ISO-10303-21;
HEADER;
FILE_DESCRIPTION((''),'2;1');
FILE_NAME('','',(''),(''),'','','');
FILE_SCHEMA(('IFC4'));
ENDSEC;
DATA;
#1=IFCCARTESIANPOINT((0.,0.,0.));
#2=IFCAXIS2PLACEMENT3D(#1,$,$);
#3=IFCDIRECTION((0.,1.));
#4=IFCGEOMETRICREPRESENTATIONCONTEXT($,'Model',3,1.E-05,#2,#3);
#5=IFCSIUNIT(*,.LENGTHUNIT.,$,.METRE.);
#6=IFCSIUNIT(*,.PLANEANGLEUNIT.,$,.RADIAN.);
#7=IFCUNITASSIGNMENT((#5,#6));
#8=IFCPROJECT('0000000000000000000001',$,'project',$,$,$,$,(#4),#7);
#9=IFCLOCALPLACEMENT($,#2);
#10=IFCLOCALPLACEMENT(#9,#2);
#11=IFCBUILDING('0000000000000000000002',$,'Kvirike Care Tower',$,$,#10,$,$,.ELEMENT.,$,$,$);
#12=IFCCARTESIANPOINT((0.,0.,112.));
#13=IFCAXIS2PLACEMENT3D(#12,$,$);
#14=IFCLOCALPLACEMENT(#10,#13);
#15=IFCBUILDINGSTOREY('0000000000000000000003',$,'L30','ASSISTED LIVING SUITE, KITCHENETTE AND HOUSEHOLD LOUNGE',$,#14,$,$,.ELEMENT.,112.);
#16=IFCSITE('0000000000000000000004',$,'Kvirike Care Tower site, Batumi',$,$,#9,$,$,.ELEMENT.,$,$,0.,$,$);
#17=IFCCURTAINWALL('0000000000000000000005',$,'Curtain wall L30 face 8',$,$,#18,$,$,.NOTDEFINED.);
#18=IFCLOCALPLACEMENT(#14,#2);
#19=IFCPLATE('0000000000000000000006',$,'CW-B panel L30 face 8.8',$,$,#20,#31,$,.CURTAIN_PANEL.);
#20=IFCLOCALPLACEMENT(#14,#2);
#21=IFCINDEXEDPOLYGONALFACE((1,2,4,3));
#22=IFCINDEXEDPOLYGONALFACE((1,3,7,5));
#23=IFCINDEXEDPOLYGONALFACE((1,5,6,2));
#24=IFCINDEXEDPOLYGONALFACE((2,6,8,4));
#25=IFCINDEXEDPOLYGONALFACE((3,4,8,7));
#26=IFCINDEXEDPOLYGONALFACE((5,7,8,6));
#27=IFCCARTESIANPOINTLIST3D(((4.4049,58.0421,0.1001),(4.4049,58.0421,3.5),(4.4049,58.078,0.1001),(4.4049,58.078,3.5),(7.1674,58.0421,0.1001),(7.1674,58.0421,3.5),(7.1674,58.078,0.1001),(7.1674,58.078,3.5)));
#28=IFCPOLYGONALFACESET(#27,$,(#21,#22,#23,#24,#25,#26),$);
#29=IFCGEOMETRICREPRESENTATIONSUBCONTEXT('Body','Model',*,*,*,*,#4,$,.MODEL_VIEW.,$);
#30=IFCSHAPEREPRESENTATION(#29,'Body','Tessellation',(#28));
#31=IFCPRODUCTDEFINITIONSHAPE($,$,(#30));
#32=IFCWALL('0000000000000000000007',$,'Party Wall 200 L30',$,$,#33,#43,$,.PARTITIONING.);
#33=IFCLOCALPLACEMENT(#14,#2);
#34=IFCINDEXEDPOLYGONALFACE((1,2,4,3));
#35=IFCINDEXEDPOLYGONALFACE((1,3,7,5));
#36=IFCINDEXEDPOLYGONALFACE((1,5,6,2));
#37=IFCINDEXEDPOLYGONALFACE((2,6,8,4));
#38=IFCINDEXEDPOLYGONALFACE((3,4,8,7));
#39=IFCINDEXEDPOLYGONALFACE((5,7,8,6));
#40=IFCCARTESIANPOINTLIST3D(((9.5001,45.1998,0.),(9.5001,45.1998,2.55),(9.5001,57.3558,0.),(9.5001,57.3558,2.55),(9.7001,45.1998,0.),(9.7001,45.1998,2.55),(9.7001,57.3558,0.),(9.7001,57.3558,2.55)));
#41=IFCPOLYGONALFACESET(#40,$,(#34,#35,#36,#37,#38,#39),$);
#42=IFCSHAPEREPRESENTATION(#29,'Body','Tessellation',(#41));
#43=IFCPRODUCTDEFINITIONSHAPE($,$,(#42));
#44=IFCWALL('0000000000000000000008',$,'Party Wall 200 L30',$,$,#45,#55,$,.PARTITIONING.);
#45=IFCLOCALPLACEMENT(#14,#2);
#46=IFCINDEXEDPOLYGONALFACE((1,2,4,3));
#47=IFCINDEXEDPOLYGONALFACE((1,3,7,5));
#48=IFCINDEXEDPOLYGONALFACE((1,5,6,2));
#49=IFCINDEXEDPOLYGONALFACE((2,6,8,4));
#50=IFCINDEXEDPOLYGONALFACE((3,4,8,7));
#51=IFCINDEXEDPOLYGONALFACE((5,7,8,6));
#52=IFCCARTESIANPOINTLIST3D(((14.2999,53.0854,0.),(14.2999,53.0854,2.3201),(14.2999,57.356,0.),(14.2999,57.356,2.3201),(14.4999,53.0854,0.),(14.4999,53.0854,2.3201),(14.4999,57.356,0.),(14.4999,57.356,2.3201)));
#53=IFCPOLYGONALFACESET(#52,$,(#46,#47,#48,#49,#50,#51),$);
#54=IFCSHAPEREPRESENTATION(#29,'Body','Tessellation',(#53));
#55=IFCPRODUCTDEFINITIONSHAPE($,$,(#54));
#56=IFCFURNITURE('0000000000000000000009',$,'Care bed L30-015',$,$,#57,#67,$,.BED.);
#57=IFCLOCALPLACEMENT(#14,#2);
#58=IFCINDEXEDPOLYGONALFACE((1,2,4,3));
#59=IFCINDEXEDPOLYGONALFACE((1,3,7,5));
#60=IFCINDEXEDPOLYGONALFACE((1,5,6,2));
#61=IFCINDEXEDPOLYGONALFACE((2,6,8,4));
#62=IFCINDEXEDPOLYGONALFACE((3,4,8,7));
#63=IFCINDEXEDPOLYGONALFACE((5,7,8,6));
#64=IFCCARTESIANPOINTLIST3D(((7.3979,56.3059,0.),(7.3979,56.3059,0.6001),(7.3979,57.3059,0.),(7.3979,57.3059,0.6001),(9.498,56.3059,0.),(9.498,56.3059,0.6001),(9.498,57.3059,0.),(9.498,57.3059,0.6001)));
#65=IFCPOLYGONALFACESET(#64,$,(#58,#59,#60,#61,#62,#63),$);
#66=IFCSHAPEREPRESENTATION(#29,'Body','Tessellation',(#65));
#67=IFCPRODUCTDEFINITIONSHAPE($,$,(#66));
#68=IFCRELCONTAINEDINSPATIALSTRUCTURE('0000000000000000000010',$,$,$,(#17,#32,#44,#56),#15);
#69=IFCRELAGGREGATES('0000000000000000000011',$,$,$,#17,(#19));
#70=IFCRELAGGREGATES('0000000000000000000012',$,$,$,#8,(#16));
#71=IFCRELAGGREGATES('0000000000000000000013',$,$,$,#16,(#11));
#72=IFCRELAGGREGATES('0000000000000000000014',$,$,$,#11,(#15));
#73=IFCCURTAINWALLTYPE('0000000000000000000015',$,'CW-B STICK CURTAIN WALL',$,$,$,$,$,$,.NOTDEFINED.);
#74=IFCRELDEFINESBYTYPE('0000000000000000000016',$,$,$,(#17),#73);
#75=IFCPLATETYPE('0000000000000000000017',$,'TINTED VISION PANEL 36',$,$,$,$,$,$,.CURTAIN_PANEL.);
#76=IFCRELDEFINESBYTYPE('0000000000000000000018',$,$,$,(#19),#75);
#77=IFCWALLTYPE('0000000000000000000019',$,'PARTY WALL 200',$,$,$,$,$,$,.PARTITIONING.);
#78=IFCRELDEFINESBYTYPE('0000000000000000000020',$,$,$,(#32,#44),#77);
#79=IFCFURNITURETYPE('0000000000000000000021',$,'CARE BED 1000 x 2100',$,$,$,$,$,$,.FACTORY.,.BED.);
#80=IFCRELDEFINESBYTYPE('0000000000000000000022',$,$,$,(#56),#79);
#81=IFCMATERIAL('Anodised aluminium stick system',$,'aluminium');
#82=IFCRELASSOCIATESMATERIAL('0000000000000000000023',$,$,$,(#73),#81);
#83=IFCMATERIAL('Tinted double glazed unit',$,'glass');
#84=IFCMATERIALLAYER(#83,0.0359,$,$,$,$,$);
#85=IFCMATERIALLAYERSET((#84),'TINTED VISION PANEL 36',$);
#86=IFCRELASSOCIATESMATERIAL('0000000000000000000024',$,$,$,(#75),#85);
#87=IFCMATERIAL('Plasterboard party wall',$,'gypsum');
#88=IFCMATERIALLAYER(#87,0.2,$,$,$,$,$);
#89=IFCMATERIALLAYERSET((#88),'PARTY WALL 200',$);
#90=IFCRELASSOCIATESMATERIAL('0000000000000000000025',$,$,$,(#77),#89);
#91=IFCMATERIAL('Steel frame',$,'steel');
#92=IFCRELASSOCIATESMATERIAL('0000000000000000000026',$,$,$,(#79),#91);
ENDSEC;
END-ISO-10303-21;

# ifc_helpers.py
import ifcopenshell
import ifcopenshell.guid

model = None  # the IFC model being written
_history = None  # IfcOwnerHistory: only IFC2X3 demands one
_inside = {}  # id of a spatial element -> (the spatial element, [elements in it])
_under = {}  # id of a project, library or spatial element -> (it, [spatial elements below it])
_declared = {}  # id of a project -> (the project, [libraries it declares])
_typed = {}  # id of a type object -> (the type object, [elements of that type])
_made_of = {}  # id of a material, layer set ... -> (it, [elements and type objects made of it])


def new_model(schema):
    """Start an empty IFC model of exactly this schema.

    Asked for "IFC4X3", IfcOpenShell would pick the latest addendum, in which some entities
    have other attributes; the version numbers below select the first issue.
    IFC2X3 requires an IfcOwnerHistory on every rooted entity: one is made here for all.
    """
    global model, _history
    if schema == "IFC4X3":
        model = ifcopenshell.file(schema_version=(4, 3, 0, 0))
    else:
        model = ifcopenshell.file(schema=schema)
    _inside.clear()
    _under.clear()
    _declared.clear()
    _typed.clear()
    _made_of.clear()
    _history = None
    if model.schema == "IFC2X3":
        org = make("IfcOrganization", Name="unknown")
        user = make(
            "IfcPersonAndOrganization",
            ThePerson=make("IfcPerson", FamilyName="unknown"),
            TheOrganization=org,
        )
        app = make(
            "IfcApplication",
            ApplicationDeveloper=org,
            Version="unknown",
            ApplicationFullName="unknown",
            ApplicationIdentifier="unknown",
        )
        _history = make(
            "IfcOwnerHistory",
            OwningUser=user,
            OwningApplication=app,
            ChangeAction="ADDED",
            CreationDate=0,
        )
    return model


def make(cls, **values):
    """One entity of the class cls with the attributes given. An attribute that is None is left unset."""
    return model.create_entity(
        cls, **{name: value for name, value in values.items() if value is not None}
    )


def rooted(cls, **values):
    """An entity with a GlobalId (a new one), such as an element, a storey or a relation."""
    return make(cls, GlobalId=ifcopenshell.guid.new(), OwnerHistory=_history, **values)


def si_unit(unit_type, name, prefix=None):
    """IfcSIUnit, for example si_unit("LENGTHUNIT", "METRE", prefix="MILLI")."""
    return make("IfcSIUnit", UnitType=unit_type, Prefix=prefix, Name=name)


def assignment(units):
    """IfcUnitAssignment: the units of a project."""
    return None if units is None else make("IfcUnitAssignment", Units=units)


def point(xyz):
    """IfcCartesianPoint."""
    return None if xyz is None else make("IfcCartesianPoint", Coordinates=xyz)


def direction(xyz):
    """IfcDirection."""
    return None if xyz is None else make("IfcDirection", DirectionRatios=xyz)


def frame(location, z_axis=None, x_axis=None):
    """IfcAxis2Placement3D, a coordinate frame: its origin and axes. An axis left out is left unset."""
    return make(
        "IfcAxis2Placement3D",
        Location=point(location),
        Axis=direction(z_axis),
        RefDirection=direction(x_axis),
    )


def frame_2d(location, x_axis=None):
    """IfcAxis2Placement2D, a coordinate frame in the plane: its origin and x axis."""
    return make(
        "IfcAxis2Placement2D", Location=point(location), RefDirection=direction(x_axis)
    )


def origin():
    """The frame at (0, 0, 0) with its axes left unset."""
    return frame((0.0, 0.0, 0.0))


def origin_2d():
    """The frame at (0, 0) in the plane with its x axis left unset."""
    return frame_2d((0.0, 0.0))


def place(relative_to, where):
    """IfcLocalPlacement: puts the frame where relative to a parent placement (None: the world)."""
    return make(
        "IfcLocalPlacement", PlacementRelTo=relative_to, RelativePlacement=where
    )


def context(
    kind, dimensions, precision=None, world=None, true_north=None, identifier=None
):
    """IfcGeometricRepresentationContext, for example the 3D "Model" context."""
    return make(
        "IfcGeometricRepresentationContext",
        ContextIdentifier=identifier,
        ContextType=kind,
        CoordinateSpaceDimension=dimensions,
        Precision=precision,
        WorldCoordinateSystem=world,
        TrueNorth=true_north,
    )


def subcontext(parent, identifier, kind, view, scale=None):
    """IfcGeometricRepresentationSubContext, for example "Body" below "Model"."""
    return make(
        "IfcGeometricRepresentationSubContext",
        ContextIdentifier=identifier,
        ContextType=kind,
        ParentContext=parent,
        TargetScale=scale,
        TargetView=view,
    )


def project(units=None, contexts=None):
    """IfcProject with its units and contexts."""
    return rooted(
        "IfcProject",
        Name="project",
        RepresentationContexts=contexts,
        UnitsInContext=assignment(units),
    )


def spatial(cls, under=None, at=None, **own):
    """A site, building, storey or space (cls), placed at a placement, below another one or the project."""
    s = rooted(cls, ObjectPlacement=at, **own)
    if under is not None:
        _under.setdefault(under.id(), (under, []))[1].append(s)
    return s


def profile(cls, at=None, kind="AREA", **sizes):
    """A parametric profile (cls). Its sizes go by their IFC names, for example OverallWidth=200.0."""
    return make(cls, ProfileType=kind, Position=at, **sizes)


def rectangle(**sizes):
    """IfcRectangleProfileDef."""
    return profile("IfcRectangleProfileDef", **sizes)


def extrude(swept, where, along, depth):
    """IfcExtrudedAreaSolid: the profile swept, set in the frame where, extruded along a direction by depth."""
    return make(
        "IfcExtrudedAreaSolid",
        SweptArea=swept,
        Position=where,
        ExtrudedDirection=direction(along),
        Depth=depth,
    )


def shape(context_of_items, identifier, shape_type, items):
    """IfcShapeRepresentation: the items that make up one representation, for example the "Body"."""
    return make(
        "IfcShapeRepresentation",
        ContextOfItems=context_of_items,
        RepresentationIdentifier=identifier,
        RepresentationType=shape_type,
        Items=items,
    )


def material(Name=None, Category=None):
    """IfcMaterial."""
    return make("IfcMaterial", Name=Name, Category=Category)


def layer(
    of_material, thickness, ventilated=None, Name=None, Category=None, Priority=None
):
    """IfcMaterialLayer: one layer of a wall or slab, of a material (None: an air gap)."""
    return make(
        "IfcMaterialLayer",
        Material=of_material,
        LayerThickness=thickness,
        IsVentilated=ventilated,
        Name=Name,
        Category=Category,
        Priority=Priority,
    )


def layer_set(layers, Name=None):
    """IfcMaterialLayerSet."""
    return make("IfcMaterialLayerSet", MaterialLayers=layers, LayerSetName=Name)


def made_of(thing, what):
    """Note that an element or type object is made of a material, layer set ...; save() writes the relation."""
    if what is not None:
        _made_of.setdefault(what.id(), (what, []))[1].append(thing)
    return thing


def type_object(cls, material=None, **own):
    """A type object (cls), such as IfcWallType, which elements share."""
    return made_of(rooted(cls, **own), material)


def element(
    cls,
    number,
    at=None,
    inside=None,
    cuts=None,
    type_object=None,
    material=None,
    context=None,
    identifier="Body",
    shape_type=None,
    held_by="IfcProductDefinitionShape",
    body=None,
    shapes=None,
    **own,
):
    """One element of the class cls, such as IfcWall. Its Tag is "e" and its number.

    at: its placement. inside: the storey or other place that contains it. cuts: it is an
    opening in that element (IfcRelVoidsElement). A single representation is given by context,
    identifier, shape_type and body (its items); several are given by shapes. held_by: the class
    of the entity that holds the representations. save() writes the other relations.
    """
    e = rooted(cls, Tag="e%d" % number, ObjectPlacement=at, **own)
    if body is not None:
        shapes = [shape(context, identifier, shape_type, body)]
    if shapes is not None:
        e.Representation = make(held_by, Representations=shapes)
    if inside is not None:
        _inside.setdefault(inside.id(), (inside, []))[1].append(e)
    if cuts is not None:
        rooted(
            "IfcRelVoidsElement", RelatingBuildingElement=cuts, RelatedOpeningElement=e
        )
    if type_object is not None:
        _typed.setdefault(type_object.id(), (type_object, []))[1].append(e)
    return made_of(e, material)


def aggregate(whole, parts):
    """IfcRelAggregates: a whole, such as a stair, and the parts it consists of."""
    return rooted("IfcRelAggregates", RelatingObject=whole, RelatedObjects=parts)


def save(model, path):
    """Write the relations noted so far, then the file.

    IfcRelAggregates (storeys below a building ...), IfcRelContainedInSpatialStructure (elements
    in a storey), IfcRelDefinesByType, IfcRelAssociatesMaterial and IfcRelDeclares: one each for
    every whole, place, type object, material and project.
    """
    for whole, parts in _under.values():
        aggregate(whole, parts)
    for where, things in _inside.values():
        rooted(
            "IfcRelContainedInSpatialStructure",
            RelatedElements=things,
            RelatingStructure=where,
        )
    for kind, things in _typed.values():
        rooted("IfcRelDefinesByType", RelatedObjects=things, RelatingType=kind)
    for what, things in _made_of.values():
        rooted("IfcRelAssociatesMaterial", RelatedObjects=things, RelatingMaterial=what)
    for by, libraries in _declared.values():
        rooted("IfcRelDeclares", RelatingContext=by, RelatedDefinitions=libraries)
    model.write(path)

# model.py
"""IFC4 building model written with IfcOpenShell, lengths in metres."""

from ifc_helpers import new_model, si_unit, direction, frame, frame_2d, origin, origin_2d, place, context, subcontext, project, spatial, rectangle, extrude, material, layer, layer_set, type_object, element, aggregate, save


model = new_model("IFC4")

# Units and contexts
model_context = context("Model", 3, precision=1e-05, world=origin(), true_north=direction((0.0, 1.0)))
body_context = subcontext(model_context, "Body", "Model", "MODEL_VIEW")
ifc_project = project(units=[si_unit("LENGTHUNIT", "METRE"), si_unit("PLANEANGLEUNIT", "RADIAN")], contexts=[model_context])

# Site, building, storey
site_placement = place(None, origin())
site = spatial("IfcSite", under=ifc_project, at=site_placement, Name="Kvirike Care Tower site, Batumi", CompositionType="ELEMENT", RefElevation=0.0)
building_placement = place(site_placement, origin())
building = spatial("IfcBuilding", under=site, at=building_placement, Name="Kvirike Care Tower", CompositionType="ELEMENT")
storey_placement = place(building_placement, frame((0.0, 0.0, 112.0)))
storey = spatial("IfcBuildingStorey", under=building, at=storey_placement, Name="L30", Description="ASSISTED LIVING SUITE, KITCHENETTE AND HOUSEHOLD LOUNGE", CompositionType="ELEMENT", Elevation=112.0)

# Curtain wall
ifc_material_1 = material(Name="Anodised aluminium stick system", Category="aluminium")
curtain_wall_type = type_object("IfcCurtainWallType", Name="CW-B STICK CURTAIN WALL", PredefinedType="NOTDEFINED", material=ifc_material_1)
curtain_wall_placement = place(storey_placement, origin())
curtain_wall = element("IfcCurtainWall", 1, at=curtain_wall_placement, inside=storey, type_object=curtain_wall_type, Name="Curtain wall L30 face 8", PredefinedType="NOTDEFINED")

# Plate
ifc_material_2 = material(Name="Tinted double glazed unit", Category="glass")
ifc_layer_1 = layer(ifc_material_2, 0.0359)
ifc_layer_set_1 = layer_set([ifc_layer_1], Name="TINTED VISION PANEL 36")
plate_type = type_object("IfcPlateType", Name="TINTED VISION PANEL 36", PredefinedType="CURTAIN_PANEL", material=ifc_layer_set_1)
plate_1_placement = place(storey_placement, frame((5.7861, 58.0601, 0.1001), z_axis=(0.0, 0.0, 1.0), x_axis=(-1.0, 0.0, 0.0)))
plate_1 = element("IfcPlate", 2, at=plate_1_placement, type_object=plate_type, Name="CW-B panel L30 face 8.8", PredefinedType="CURTAIN_PANEL", context=body_context, shape_type="SweptSolid", body=[
    extrude(rectangle(XDim=2.7625, YDim=0.0359, at=origin_2d()), origin(), (0.0, 0.0, 1.0), 3.3999),
])
aggregate(curtain_wall, [plate_1])

# Walls
ifc_material_3 = material(Name="Plasterboard party wall", Category="gypsum")
ifc_layer_2 = layer(ifc_material_3, 0.2)
ifc_layer_set_2 = layer_set([ifc_layer_2], Name="PARTY WALL 200")
wall_type = type_object("IfcWallType", Name="PARTY WALL 200", PredefinedType="PARTITIONING", material=ifc_layer_set_2)
wall_1_placement = place(storey_placement, frame((9.6001, 57.356, 0.0), z_axis=(0.0, 0.0, 1.0), x_axis=(0.0, -1.0, 0.0)))
element("IfcWall", 3, at=wall_1_placement, inside=storey, type_object=wall_type, Name="Party Wall 200 L30", PredefinedType="PARTITIONING", context=body_context, shape_type="SweptSolid", body=[
    extrude(rectangle(XDim=12.156, YDim=0.2, at=frame_2d((6.0781, 0.0))), origin(), (0.0, 0.0, 1.0), 2.55),
])
wall_2_placement = place(storey_placement, frame((14.3999, 53.0854, 0.0), z_axis=(0.0, 0.0, 1.0), x_axis=(0.0, 1.0, 0.0)))
element("IfcWall", 4, at=wall_2_placement, inside=storey, type_object=wall_type, Name="Party Wall 200 L30", PredefinedType="PARTITIONING", context=body_context, shape_type="SweptSolid", body=[
    extrude(rectangle(XDim=4.2705, YDim=0.2, at=frame_2d((2.1353, 0.0))), origin(), (0.0, 0.0, 1.0), 2.3201),
])

# Furniture
ifc_material_4 = material(Name="Steel frame", Category="steel")
furniture_type = type_object("IfcFurnitureType", Name="CARE BED 1000 x 2100", AssemblyPlace="FACTORY", PredefinedType="BED", material=ifc_material_4)
furniture_placement = place(storey_placement, frame((8.448, 56.8059, 0.0), z_axis=(0.0, 0.0, 1.0), x_axis=(0.0, -1.0, 0.0)))
element("IfcFurniture", 5, at=furniture_placement, inside=storey, type_object=furniture_type, Name="Care bed L30-015", PredefinedType="BED", context=body_context, shape_type="SweptSolid", body=[
    extrude(rectangle(XDim=1.0, YDim=2.1001, at=origin_2d()), origin(), (0.0, 0.0, 1.0), 0.6001),
])

save(model, "model.ifc")
